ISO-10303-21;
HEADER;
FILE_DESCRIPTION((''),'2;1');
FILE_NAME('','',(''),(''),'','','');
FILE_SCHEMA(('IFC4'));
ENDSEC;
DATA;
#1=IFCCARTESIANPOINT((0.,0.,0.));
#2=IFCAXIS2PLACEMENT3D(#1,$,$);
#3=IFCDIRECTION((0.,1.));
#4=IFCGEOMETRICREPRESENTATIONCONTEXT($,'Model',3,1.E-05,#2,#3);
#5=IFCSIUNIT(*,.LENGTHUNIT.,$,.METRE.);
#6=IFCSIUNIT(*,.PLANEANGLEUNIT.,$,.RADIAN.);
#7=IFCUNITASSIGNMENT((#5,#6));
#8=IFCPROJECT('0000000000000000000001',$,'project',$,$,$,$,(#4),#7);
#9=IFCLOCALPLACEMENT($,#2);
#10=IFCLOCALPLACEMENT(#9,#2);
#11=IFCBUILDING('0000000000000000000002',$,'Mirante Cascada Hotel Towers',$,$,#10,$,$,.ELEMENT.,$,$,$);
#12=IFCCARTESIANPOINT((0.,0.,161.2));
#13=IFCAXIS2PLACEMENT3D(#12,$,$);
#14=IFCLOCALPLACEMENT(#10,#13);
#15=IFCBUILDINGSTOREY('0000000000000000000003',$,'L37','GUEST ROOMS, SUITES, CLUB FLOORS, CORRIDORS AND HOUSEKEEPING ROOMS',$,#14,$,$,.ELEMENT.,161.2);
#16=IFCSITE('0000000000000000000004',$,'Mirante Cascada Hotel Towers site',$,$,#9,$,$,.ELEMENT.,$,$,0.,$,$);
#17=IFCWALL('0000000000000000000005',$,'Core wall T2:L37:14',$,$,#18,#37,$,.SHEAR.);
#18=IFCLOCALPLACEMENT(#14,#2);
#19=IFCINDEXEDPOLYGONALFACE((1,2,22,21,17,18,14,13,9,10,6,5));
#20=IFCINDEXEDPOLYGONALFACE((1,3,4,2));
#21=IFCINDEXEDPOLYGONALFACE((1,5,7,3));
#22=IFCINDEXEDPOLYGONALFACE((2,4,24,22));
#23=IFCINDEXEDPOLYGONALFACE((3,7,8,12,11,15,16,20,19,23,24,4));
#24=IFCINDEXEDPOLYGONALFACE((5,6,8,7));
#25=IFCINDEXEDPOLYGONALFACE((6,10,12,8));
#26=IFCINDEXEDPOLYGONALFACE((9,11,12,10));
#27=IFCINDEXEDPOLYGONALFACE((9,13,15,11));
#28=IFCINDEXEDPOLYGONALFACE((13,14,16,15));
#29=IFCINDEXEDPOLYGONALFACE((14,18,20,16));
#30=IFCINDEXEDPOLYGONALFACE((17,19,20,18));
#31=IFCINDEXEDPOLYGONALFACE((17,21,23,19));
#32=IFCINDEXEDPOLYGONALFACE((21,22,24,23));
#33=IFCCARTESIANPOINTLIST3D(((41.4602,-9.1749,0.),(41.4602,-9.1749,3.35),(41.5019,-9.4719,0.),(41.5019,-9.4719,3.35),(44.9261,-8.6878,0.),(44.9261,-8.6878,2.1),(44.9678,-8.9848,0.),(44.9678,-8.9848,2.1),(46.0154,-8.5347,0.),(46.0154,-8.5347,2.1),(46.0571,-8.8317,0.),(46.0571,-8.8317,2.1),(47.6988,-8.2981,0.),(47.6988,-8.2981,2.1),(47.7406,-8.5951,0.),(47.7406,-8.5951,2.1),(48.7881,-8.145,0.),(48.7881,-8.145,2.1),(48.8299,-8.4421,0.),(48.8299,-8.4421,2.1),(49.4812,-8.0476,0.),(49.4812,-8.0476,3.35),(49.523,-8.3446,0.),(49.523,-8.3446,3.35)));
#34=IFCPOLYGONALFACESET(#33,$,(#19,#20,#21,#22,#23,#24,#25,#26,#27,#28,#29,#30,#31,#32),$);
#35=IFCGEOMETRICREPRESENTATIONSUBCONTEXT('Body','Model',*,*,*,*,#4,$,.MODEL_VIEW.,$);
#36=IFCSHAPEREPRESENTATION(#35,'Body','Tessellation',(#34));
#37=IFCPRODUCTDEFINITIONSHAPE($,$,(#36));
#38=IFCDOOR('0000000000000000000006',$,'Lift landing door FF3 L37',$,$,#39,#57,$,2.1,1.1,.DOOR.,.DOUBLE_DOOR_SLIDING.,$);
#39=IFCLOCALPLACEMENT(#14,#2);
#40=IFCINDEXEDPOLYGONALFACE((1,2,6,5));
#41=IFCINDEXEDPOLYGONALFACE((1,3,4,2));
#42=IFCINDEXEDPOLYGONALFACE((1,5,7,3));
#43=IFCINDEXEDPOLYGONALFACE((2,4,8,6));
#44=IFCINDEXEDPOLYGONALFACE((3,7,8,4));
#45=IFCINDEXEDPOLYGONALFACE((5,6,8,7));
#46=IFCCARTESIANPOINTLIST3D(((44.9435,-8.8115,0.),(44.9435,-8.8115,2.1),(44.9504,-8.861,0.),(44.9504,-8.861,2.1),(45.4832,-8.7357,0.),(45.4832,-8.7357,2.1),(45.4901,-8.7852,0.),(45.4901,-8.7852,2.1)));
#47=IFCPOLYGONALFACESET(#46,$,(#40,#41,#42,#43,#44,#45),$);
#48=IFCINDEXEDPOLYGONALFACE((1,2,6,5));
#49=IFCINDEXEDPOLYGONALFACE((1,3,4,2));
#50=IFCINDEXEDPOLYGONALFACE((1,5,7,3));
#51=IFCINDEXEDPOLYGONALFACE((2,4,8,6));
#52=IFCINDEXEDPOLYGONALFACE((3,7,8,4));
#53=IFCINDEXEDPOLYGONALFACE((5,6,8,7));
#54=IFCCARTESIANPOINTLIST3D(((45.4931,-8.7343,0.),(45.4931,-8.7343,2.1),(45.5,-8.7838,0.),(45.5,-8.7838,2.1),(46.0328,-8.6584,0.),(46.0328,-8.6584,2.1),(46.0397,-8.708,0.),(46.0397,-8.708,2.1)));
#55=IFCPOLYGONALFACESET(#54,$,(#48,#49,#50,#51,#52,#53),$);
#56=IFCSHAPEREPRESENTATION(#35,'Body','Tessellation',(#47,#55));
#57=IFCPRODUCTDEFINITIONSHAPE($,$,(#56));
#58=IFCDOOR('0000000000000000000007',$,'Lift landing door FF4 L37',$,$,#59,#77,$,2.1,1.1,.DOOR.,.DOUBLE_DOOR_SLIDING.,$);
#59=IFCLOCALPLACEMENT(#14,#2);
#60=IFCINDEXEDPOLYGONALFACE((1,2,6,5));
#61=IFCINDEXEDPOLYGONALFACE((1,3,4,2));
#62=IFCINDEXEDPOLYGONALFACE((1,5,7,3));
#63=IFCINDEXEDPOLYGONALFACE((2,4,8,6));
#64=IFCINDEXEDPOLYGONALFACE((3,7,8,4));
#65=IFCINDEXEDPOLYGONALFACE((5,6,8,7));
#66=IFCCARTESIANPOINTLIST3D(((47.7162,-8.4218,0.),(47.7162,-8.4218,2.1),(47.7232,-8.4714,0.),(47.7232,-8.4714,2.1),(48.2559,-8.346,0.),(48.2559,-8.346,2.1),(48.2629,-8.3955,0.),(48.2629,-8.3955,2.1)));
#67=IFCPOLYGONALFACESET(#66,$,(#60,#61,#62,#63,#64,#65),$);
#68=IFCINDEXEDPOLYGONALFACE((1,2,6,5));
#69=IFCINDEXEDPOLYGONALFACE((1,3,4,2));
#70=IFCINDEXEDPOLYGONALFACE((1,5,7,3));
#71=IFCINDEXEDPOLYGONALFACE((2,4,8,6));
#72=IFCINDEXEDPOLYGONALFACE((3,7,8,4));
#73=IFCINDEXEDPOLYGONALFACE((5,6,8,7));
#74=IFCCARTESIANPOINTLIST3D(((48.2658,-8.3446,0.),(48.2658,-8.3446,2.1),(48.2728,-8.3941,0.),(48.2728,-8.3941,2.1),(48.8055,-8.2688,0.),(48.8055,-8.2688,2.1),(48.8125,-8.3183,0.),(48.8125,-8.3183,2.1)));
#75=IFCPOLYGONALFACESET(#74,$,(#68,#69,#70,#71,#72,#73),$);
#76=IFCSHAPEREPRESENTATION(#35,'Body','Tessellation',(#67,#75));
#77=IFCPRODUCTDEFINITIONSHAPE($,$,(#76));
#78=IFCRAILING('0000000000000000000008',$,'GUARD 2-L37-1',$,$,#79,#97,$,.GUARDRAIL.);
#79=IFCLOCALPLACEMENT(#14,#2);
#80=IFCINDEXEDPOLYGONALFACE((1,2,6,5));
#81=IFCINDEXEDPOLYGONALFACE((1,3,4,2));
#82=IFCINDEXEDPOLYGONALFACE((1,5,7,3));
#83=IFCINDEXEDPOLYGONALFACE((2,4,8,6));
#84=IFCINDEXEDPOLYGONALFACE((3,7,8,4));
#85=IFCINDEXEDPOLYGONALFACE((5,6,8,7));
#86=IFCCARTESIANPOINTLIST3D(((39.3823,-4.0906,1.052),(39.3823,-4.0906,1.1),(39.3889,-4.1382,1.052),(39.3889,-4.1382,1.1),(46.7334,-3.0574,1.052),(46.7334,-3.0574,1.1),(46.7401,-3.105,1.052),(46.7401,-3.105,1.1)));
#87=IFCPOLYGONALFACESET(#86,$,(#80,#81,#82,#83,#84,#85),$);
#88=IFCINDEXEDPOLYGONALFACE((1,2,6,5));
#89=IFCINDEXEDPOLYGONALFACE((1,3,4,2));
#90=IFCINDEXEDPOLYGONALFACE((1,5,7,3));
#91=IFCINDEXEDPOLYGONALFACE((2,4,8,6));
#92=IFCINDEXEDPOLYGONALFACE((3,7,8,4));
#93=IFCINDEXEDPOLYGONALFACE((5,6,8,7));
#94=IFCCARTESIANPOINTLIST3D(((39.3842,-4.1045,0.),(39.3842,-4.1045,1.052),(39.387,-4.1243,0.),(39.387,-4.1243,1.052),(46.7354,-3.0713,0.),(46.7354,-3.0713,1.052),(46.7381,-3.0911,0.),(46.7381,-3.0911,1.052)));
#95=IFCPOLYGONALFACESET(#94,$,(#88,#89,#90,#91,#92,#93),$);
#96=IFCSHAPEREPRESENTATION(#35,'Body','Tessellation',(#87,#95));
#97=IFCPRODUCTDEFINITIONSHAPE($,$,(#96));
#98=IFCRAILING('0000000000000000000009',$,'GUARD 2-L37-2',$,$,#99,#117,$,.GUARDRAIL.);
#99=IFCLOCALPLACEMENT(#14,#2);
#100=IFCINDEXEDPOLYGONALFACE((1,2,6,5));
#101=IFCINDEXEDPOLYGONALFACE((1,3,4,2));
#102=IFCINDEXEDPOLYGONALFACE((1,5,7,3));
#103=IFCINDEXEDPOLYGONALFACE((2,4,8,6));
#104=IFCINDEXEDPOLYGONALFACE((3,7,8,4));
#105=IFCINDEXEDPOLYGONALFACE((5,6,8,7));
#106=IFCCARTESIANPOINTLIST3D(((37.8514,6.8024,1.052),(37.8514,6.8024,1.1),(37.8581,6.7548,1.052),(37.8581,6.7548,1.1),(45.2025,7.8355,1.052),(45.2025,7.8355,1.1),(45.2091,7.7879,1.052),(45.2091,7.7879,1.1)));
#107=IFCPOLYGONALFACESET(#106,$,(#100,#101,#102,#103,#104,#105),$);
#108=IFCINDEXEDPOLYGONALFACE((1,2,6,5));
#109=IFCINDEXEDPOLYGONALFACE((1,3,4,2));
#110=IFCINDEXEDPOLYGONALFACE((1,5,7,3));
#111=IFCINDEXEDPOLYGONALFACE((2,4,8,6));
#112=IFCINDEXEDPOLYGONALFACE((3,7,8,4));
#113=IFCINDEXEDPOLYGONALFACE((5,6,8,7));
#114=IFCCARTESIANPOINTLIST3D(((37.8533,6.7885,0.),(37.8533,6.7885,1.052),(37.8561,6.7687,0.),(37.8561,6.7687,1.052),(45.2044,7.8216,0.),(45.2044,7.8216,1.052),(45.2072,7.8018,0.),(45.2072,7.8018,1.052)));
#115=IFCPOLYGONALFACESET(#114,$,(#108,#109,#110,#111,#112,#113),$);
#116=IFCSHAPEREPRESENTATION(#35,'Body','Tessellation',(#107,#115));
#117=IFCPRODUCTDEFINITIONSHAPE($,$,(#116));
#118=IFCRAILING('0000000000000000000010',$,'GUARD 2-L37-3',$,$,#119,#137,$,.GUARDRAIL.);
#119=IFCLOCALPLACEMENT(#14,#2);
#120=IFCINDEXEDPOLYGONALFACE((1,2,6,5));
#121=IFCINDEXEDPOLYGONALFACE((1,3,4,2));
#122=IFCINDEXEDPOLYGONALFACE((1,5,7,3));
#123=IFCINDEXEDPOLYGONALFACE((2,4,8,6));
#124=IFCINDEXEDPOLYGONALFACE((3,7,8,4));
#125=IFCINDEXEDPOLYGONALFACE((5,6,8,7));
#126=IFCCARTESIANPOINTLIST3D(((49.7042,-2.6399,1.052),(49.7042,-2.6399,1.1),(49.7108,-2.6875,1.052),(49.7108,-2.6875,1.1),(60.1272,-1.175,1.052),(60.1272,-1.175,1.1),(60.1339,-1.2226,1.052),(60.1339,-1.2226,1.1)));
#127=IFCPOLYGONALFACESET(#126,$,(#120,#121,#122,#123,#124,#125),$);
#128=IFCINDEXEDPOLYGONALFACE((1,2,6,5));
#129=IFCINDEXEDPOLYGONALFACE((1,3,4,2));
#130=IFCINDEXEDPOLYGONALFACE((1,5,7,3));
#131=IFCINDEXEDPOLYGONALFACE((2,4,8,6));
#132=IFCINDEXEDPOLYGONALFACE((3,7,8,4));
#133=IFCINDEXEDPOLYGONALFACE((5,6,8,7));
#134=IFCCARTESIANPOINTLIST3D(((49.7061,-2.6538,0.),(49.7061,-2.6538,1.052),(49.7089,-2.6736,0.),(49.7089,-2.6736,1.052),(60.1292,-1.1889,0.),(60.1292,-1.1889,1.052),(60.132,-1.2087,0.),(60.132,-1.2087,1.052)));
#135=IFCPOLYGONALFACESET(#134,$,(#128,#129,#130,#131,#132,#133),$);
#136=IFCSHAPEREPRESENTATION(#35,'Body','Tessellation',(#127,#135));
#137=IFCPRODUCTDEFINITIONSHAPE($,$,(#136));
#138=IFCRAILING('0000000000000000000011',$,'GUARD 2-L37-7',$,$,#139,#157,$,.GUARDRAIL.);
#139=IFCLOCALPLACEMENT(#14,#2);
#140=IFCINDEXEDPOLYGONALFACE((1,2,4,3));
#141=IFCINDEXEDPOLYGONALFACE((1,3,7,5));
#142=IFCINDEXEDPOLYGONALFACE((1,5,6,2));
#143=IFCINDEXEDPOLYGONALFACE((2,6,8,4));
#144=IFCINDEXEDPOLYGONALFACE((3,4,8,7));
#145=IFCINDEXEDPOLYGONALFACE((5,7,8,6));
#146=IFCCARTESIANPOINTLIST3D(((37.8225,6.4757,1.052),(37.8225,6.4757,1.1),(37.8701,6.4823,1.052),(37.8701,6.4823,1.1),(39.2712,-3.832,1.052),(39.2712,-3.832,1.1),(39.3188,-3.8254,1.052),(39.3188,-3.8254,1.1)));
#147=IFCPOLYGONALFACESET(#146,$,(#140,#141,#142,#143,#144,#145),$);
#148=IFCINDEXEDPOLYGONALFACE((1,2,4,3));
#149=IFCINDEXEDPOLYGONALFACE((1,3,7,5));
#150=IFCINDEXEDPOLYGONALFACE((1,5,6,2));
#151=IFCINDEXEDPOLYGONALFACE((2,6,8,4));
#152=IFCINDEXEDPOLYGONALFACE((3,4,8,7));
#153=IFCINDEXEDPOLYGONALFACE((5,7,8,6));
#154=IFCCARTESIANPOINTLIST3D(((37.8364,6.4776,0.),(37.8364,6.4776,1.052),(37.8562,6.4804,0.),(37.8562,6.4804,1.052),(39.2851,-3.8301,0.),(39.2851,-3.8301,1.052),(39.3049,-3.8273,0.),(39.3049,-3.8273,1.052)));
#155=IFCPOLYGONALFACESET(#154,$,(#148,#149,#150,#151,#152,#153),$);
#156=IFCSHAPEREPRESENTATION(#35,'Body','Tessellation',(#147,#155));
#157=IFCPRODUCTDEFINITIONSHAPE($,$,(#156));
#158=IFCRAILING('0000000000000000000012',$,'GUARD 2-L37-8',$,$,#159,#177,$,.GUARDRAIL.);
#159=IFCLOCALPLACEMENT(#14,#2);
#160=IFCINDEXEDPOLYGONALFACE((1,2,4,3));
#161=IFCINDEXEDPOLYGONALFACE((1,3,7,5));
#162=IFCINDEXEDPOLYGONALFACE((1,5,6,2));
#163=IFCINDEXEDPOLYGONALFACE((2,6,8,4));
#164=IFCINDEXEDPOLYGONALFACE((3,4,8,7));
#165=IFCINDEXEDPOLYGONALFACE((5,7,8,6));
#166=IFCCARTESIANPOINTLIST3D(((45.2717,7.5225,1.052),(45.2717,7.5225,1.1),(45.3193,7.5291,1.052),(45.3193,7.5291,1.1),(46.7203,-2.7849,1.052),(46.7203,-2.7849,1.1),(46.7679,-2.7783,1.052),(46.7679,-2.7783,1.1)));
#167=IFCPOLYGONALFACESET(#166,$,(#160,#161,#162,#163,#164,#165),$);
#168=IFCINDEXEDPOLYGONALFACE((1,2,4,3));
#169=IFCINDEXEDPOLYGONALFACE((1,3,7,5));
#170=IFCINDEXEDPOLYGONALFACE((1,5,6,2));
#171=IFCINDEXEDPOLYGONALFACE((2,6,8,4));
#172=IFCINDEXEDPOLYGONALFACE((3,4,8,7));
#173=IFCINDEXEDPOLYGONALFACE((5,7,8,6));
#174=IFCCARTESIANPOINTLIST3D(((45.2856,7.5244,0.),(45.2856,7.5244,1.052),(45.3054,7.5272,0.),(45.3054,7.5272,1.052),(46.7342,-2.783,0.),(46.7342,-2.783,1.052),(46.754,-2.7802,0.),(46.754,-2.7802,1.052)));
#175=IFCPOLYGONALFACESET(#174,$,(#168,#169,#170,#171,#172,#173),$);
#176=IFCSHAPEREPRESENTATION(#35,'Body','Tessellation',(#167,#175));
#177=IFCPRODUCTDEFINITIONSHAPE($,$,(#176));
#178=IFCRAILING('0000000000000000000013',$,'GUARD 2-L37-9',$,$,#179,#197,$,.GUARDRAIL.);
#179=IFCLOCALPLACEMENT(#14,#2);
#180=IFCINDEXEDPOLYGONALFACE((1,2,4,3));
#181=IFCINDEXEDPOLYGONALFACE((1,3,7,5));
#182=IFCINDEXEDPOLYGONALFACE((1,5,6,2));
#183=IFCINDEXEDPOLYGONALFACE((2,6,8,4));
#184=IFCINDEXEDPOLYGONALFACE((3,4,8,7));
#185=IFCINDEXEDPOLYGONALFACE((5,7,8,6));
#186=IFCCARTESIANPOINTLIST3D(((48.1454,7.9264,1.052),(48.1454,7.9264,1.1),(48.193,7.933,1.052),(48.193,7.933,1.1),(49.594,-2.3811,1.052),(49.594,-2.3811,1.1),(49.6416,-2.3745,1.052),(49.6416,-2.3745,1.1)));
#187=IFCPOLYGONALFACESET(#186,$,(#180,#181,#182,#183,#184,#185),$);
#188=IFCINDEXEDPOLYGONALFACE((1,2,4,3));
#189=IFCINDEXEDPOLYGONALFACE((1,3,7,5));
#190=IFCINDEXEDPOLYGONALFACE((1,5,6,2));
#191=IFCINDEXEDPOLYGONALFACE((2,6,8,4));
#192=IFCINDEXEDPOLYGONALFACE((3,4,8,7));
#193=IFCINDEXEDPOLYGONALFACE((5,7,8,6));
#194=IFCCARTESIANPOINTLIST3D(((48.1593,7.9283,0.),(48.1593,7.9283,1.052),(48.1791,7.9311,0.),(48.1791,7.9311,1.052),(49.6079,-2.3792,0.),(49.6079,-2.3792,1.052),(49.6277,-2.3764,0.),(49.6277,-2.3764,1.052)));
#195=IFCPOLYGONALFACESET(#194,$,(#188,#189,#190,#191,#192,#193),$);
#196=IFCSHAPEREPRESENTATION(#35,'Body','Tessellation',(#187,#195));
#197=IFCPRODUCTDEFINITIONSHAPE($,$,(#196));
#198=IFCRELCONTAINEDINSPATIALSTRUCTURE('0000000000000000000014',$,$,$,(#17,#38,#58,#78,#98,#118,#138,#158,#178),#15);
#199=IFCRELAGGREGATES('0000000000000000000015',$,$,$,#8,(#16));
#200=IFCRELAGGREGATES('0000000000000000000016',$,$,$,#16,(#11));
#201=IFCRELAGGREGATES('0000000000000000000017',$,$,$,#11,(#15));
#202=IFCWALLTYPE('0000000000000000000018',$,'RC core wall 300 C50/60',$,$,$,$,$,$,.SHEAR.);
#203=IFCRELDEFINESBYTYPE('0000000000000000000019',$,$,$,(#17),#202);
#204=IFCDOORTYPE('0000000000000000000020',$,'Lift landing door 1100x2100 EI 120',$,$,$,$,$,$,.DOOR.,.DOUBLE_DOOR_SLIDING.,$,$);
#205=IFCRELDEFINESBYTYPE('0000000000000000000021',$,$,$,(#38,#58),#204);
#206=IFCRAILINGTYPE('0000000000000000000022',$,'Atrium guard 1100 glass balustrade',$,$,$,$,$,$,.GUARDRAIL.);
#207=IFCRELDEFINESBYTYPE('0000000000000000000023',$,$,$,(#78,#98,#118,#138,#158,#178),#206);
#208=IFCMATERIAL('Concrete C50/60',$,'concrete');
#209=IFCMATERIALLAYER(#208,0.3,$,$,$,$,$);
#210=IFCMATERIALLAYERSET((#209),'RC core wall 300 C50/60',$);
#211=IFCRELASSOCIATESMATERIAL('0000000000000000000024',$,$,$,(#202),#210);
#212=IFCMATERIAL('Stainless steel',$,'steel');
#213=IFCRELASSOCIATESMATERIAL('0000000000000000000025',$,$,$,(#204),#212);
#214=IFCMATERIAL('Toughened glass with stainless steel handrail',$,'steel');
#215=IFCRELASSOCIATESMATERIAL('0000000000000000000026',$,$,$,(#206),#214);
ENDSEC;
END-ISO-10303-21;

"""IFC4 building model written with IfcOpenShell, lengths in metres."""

from ifc_helpers import new_model, si_unit, direction, frame, frame_2d, origin, origin_2d, place, context, subcontext, project, spatial, rectangle, extrude, material, layer, layer_set, type_object, element, fill, save


model = new_model("IFC4")

# Units and contexts
model_context = context("Model", 3, precision=1e-05, world=origin(), true_north=direction((0.0, 1.0)))
body_context = subcontext(model_context, "Body", "Model", "MODEL_VIEW")
ifc_project = project(units=[si_unit("LENGTHUNIT", "METRE"), si_unit("PLANEANGLEUNIT", "RADIAN")], contexts=[model_context])

# Site, building, storey
site_placement = place(None, origin())
site = spatial("IfcSite", under=ifc_project, at=site_placement, Name="Mirante Cascada Hotel Towers site", CompositionType="ELEMENT", RefElevation=0.0)
building_placement = place(site_placement, origin())
building = spatial("IfcBuilding", under=site, at=building_placement, Name="Mirante Cascada Hotel Towers", CompositionType="ELEMENT")
storey_placement = place(building_placement, frame((0.0, 0.0, 161.2)))
storey = spatial("IfcBuildingStorey", under=building, at=storey_placement, Name="L37", Description="GUEST ROOMS, SUITES, CLUB FLOORS, CORRIDORS AND HOUSEKEEPING ROOMS", CompositionType="ELEMENT", Elevation=161.2)

# Shared definitions
ifc_material_1 = material(Name="Concrete C50/60", Category="concrete")
ifc_layer_1 = layer(ifc_material_1, 0.3)
ifc_layer_set_1 = layer_set([ifc_layer_1], Name="RC core wall 300 C50/60")
wall_type_1 = type_object("IfcWallType", Name="RC core wall 300 C50/60", PredefinedType="SHEAR", material=ifc_layer_set_1)

# Wall, openings, doors
wall_1_placement = place(storey_placement, frame((41.481, -9.3234, 0.0), z_axis=(0.0, 0.0, 1.0), x_axis=(0.990268, 0.139174, 0.0)))
wall_1 = element("IfcWall", 1, at=wall_1_placement, inside=storey, type_object=wall_type_1, Name="Core wall T2:L37:14", PredefinedType="SHEAR", context=body_context, shape_type="SweptSolid", body=[
    extrude(rectangle(XDim=8.0999, YDim=0.3, at=frame_2d((4.05, 0.0))), origin(), (0.0, 0.0, 1.0), 3.35),
])
opening_1_placement = place(wall_1_placement, frame((3.5, 0.0, 0.0)))
opening_1 = element("IfcOpeningElement", 2, at=opening_1_placement, cuts=wall_1, PredefinedType="OPENING", context=body_context, shape_type="SweptSolid", body=[
    extrude(rectangle(XDim=1.1, YDim=2.1, at=frame_2d((0.55, 1.05))), frame((0.0, 0.15, 0.0), z_axis=(0.0, -1.0, 0.0), x_axis=(1.0, 0.0, 0.0)), (0.0, 0.0, 1.0), 0.3),
])
opening_2_placement = place(wall_1_placement, frame((6.3, 0.0, 0.0)))
opening_2 = element("IfcOpeningElement", 3, at=opening_2_placement, cuts=wall_1, PredefinedType="OPENING", context=body_context, shape_type="SweptSolid", body=[
    extrude(rectangle(XDim=1.1, YDim=2.1, at=frame_2d((0.55, 1.05))), frame((0.0, 0.15, 0.0), z_axis=(0.0, -1.0, 0.0), x_axis=(1.0, 0.0, 0.0)), (0.0, 0.0, 1.0), 0.3),
])
ifc_material_2 = material(Name="Stainless steel", Category="steel")
door_type_1 = type_object("IfcDoorType", Name="Lift landing door 1100x2100 EI 120", OperationType="DOUBLE_DOOR_SLIDING", PredefinedType="DOOR", material=ifc_material_2)
door_1_placement = place(opening_1_placement, origin())
door_1 = element("IfcDoor", 4, at=door_1_placement, inside=storey, type_object=door_type_1, Name="Lift landing door FF3 L37", OperationType="DOUBLE_DOOR_SLIDING", OverallHeight=2.1, OverallWidth=1.1, PredefinedType="DOOR", context=body_context, shape_type="SweptSolid", body=[
    extrude(rectangle(XDim=0.545, YDim=2.1, at=frame_2d((0.2725, 1.05))), frame((0.0, 0.025, 0.0), z_axis=(0.0, -1.0, 0.0), x_axis=(1.0, 0.0, 0.0)), (0.0, 0.0, 1.0), 0.05),
    extrude(rectangle(XDim=0.545, YDim=2.1, at=frame_2d((0.8275, 1.05))), frame((0.0, 0.025, 0.0), z_axis=(0.0, -1.0, 0.0), x_axis=(1.0, 0.0, 0.0)), (0.0, 0.0, 1.0), 0.05),
])
fill(opening_1, door_1)
door_2_placement = place(opening_2_placement, origin())
door_2 = element("IfcDoor", 5, at=door_2_placement, inside=storey, type_object=door_type_1, Name="Lift landing door FF4 L37", OperationType="DOUBLE_DOOR_SLIDING", OverallHeight=2.1, OverallWidth=1.1, PredefinedType="DOOR", context=body_context, shape_type="SweptSolid", body=[
    extrude(rectangle(XDim=0.545, YDim=2.1, at=frame_2d((0.2725, 1.05))), frame((0.0, 0.025, 0.0), z_axis=(0.0, -1.0, 0.0), x_axis=(1.0, 0.0, 0.0)), (0.0, 0.0, 1.0), 0.05),
    extrude(rectangle(XDim=0.545, YDim=2.1, at=frame_2d((0.8275, 1.05))), frame((0.0, 0.025, 0.0), z_axis=(0.0, -1.0, 0.0), x_axis=(1.0, 0.0, 0.0)), (0.0, 0.0, 1.0), 0.05),
])
fill(opening_2, door_2)

# Railings
ifc_material_3 = material(Name="Toughened glass with stainless steel handrail", Category="steel")
railing_type = type_object("IfcRailingType", Name="Atrium guard 1100 glass balustrade", PredefinedType="GUARDRAIL", material=ifc_material_3)
railing_1_placement = place(storey_placement, frame((39.3856, -4.1144, 0.0)))
element("IfcRailing", 6, at=railing_1_placement, inside=storey, type_object=railing_type, Name="GUARD 2-L37-1", PredefinedType="GUARDRAIL", context=body_context, shape_type="SweptSolid", body=[
    extrude(rectangle(XDim=0.048, YDim=0.048, at=origin_2d()), frame((0.0, 0.0, 1.076), z_axis=(0.990267, 0.139182, 0.0), x_axis=(-0.139182, 0.990267, 0.0)), (0.0, 0.0, 1.0), 7.4234),
    extrude(rectangle(XDim=0.02, YDim=1.052, at=origin_2d()), frame((0.0, 0.0, 0.526), z_axis=(0.990267, 0.139182, 0.0), x_axis=(-0.139182, 0.990267, 0.0)), (0.0, 0.0, 1.0), 7.4234),
])
railing_2_placement = place(storey_placement, frame((45.2058, 7.8117, 0.0)))
element("IfcRailing", 7, at=railing_2_placement, inside=storey, type_object=railing_type, Name="GUARD 2-L37-2", PredefinedType="GUARDRAIL", context=body_context, shape_type="SweptSolid", body=[
    extrude(rectangle(XDim=0.048, YDim=0.048, at=origin_2d()), frame((0.0, 0.0, 1.076), z_axis=(-0.990269, -0.139169, 0.0), x_axis=(0.139169, -0.990269, 0.0)), (0.0, 0.0, 1.0), 7.4233),
    extrude(rectangle(XDim=0.02, YDim=1.052, at=origin_2d()), frame((0.0, 0.0, 0.526), z_axis=(-0.990269, -0.139169, 0.0), x_axis=(0.139169, -0.990269, 0.0)), (0.0, 0.0, 1.0), 7.4233),
])
railing_3_placement = place(storey_placement, frame((49.7075, -2.6637, 0.0)))
element("IfcRailing", 8, at=railing_3_placement, inside=storey, type_object=railing_type, Name="GUARD 2-L37-3", PredefinedType="GUARDRAIL", context=body_context, shape_type="SweptSolid", body=[
    extrude(rectangle(XDim=0.048, YDim=0.048, at=origin_2d()), frame((0.0, 0.0, 1.076), z_axis=(0.990268, 0.139176, 0.0), x_axis=(-0.139176, 0.990268, 0.0)), (0.0, 0.0, 1.0), 10.5255),
    extrude(rectangle(XDim=0.02, YDim=1.052, at=origin_2d()), frame((0.0, 0.0, 0.526), z_axis=(0.990268, 0.139176, 0.0), x_axis=(-0.139176, 0.990268, 0.0)), (0.0, 0.0, 1.0), 10.5255),
])
railing_4_placement = place(storey_placement, frame((37.8463, 6.479, 0.0)))
element("IfcRailing", 9, at=railing_4_placement, inside=storey, type_object=railing_type, Name="GUARD 2-L37-7", PredefinedType="GUARDRAIL", context=body_context, shape_type="SweptSolid", body=[
    extrude(rectangle(XDim=0.048, YDim=0.048, at=origin_2d()), frame((0.0, 0.0, 1.076), z_axis=(0.139178, -0.990267, 0.0), x_axis=(0.990267, 0.139178, 0.0)), (0.0, 0.0, 1.0), 10.409),
    extrude(rectangle(XDim=0.02, YDim=1.052, at=origin_2d()), frame((0.0, 0.0, 0.526), z_axis=(0.139178, -0.990267, 0.0), x_axis=(0.990267, 0.139178, 0.0)), (0.0, 0.0, 1.0), 10.409),
])
railing_5_placement = place(storey_placement, frame((46.7441, -2.7816, 0.0)))
element("IfcRailing", 10, at=railing_5_placement, inside=storey, type_object=railing_type, Name="GUARD 2-L37-8", PredefinedType="GUARDRAIL", context=body_context, shape_type="SweptSolid", body=[
    extrude(rectangle(XDim=0.048, YDim=0.048, at=origin_2d()), frame((0.0, 0.0, 1.076), z_axis=(-0.139172, 0.990268, 0.0), x_axis=(-0.990268, -0.139172, 0.0)), (0.0, 0.0, 1.0), 10.4087),
    extrude(rectangle(XDim=0.02, YDim=1.052, at=origin_2d()), frame((0.0, 0.0, 0.526), z_axis=(-0.139172, 0.990268, 0.0), x_axis=(-0.990268, -0.139172, 0.0)), (0.0, 0.0, 1.0), 10.4087),
])
railing_6_placement = place(storey_placement, frame((48.1692, 7.9297, 0.0)))
element("IfcRailing", 11, at=railing_6_placement, inside=storey, type_object=railing_type, Name="GUARD 2-L37-9", PredefinedType="GUARDRAIL", context=body_context, shape_type="SweptSolid", body=[
    extrude(rectangle(XDim=0.048, YDim=0.048, at=origin_2d()), frame((0.0, 0.0, 1.076), z_axis=(0.139171, -0.990268, 0.0), x_axis=(0.990268, 0.139171, 0.0)), (0.0, 0.0, 1.0), 10.4088),
    extrude(rectangle(XDim=0.02, YDim=1.052, at=origin_2d()), frame((0.0, 0.0, 0.526), z_axis=(0.139171, -0.990268, 0.0), x_axis=(0.990268, 0.139171, 0.0)), (0.0, 0.0, 1.0), 10.4088),
])

save(model, "model.ifc")
